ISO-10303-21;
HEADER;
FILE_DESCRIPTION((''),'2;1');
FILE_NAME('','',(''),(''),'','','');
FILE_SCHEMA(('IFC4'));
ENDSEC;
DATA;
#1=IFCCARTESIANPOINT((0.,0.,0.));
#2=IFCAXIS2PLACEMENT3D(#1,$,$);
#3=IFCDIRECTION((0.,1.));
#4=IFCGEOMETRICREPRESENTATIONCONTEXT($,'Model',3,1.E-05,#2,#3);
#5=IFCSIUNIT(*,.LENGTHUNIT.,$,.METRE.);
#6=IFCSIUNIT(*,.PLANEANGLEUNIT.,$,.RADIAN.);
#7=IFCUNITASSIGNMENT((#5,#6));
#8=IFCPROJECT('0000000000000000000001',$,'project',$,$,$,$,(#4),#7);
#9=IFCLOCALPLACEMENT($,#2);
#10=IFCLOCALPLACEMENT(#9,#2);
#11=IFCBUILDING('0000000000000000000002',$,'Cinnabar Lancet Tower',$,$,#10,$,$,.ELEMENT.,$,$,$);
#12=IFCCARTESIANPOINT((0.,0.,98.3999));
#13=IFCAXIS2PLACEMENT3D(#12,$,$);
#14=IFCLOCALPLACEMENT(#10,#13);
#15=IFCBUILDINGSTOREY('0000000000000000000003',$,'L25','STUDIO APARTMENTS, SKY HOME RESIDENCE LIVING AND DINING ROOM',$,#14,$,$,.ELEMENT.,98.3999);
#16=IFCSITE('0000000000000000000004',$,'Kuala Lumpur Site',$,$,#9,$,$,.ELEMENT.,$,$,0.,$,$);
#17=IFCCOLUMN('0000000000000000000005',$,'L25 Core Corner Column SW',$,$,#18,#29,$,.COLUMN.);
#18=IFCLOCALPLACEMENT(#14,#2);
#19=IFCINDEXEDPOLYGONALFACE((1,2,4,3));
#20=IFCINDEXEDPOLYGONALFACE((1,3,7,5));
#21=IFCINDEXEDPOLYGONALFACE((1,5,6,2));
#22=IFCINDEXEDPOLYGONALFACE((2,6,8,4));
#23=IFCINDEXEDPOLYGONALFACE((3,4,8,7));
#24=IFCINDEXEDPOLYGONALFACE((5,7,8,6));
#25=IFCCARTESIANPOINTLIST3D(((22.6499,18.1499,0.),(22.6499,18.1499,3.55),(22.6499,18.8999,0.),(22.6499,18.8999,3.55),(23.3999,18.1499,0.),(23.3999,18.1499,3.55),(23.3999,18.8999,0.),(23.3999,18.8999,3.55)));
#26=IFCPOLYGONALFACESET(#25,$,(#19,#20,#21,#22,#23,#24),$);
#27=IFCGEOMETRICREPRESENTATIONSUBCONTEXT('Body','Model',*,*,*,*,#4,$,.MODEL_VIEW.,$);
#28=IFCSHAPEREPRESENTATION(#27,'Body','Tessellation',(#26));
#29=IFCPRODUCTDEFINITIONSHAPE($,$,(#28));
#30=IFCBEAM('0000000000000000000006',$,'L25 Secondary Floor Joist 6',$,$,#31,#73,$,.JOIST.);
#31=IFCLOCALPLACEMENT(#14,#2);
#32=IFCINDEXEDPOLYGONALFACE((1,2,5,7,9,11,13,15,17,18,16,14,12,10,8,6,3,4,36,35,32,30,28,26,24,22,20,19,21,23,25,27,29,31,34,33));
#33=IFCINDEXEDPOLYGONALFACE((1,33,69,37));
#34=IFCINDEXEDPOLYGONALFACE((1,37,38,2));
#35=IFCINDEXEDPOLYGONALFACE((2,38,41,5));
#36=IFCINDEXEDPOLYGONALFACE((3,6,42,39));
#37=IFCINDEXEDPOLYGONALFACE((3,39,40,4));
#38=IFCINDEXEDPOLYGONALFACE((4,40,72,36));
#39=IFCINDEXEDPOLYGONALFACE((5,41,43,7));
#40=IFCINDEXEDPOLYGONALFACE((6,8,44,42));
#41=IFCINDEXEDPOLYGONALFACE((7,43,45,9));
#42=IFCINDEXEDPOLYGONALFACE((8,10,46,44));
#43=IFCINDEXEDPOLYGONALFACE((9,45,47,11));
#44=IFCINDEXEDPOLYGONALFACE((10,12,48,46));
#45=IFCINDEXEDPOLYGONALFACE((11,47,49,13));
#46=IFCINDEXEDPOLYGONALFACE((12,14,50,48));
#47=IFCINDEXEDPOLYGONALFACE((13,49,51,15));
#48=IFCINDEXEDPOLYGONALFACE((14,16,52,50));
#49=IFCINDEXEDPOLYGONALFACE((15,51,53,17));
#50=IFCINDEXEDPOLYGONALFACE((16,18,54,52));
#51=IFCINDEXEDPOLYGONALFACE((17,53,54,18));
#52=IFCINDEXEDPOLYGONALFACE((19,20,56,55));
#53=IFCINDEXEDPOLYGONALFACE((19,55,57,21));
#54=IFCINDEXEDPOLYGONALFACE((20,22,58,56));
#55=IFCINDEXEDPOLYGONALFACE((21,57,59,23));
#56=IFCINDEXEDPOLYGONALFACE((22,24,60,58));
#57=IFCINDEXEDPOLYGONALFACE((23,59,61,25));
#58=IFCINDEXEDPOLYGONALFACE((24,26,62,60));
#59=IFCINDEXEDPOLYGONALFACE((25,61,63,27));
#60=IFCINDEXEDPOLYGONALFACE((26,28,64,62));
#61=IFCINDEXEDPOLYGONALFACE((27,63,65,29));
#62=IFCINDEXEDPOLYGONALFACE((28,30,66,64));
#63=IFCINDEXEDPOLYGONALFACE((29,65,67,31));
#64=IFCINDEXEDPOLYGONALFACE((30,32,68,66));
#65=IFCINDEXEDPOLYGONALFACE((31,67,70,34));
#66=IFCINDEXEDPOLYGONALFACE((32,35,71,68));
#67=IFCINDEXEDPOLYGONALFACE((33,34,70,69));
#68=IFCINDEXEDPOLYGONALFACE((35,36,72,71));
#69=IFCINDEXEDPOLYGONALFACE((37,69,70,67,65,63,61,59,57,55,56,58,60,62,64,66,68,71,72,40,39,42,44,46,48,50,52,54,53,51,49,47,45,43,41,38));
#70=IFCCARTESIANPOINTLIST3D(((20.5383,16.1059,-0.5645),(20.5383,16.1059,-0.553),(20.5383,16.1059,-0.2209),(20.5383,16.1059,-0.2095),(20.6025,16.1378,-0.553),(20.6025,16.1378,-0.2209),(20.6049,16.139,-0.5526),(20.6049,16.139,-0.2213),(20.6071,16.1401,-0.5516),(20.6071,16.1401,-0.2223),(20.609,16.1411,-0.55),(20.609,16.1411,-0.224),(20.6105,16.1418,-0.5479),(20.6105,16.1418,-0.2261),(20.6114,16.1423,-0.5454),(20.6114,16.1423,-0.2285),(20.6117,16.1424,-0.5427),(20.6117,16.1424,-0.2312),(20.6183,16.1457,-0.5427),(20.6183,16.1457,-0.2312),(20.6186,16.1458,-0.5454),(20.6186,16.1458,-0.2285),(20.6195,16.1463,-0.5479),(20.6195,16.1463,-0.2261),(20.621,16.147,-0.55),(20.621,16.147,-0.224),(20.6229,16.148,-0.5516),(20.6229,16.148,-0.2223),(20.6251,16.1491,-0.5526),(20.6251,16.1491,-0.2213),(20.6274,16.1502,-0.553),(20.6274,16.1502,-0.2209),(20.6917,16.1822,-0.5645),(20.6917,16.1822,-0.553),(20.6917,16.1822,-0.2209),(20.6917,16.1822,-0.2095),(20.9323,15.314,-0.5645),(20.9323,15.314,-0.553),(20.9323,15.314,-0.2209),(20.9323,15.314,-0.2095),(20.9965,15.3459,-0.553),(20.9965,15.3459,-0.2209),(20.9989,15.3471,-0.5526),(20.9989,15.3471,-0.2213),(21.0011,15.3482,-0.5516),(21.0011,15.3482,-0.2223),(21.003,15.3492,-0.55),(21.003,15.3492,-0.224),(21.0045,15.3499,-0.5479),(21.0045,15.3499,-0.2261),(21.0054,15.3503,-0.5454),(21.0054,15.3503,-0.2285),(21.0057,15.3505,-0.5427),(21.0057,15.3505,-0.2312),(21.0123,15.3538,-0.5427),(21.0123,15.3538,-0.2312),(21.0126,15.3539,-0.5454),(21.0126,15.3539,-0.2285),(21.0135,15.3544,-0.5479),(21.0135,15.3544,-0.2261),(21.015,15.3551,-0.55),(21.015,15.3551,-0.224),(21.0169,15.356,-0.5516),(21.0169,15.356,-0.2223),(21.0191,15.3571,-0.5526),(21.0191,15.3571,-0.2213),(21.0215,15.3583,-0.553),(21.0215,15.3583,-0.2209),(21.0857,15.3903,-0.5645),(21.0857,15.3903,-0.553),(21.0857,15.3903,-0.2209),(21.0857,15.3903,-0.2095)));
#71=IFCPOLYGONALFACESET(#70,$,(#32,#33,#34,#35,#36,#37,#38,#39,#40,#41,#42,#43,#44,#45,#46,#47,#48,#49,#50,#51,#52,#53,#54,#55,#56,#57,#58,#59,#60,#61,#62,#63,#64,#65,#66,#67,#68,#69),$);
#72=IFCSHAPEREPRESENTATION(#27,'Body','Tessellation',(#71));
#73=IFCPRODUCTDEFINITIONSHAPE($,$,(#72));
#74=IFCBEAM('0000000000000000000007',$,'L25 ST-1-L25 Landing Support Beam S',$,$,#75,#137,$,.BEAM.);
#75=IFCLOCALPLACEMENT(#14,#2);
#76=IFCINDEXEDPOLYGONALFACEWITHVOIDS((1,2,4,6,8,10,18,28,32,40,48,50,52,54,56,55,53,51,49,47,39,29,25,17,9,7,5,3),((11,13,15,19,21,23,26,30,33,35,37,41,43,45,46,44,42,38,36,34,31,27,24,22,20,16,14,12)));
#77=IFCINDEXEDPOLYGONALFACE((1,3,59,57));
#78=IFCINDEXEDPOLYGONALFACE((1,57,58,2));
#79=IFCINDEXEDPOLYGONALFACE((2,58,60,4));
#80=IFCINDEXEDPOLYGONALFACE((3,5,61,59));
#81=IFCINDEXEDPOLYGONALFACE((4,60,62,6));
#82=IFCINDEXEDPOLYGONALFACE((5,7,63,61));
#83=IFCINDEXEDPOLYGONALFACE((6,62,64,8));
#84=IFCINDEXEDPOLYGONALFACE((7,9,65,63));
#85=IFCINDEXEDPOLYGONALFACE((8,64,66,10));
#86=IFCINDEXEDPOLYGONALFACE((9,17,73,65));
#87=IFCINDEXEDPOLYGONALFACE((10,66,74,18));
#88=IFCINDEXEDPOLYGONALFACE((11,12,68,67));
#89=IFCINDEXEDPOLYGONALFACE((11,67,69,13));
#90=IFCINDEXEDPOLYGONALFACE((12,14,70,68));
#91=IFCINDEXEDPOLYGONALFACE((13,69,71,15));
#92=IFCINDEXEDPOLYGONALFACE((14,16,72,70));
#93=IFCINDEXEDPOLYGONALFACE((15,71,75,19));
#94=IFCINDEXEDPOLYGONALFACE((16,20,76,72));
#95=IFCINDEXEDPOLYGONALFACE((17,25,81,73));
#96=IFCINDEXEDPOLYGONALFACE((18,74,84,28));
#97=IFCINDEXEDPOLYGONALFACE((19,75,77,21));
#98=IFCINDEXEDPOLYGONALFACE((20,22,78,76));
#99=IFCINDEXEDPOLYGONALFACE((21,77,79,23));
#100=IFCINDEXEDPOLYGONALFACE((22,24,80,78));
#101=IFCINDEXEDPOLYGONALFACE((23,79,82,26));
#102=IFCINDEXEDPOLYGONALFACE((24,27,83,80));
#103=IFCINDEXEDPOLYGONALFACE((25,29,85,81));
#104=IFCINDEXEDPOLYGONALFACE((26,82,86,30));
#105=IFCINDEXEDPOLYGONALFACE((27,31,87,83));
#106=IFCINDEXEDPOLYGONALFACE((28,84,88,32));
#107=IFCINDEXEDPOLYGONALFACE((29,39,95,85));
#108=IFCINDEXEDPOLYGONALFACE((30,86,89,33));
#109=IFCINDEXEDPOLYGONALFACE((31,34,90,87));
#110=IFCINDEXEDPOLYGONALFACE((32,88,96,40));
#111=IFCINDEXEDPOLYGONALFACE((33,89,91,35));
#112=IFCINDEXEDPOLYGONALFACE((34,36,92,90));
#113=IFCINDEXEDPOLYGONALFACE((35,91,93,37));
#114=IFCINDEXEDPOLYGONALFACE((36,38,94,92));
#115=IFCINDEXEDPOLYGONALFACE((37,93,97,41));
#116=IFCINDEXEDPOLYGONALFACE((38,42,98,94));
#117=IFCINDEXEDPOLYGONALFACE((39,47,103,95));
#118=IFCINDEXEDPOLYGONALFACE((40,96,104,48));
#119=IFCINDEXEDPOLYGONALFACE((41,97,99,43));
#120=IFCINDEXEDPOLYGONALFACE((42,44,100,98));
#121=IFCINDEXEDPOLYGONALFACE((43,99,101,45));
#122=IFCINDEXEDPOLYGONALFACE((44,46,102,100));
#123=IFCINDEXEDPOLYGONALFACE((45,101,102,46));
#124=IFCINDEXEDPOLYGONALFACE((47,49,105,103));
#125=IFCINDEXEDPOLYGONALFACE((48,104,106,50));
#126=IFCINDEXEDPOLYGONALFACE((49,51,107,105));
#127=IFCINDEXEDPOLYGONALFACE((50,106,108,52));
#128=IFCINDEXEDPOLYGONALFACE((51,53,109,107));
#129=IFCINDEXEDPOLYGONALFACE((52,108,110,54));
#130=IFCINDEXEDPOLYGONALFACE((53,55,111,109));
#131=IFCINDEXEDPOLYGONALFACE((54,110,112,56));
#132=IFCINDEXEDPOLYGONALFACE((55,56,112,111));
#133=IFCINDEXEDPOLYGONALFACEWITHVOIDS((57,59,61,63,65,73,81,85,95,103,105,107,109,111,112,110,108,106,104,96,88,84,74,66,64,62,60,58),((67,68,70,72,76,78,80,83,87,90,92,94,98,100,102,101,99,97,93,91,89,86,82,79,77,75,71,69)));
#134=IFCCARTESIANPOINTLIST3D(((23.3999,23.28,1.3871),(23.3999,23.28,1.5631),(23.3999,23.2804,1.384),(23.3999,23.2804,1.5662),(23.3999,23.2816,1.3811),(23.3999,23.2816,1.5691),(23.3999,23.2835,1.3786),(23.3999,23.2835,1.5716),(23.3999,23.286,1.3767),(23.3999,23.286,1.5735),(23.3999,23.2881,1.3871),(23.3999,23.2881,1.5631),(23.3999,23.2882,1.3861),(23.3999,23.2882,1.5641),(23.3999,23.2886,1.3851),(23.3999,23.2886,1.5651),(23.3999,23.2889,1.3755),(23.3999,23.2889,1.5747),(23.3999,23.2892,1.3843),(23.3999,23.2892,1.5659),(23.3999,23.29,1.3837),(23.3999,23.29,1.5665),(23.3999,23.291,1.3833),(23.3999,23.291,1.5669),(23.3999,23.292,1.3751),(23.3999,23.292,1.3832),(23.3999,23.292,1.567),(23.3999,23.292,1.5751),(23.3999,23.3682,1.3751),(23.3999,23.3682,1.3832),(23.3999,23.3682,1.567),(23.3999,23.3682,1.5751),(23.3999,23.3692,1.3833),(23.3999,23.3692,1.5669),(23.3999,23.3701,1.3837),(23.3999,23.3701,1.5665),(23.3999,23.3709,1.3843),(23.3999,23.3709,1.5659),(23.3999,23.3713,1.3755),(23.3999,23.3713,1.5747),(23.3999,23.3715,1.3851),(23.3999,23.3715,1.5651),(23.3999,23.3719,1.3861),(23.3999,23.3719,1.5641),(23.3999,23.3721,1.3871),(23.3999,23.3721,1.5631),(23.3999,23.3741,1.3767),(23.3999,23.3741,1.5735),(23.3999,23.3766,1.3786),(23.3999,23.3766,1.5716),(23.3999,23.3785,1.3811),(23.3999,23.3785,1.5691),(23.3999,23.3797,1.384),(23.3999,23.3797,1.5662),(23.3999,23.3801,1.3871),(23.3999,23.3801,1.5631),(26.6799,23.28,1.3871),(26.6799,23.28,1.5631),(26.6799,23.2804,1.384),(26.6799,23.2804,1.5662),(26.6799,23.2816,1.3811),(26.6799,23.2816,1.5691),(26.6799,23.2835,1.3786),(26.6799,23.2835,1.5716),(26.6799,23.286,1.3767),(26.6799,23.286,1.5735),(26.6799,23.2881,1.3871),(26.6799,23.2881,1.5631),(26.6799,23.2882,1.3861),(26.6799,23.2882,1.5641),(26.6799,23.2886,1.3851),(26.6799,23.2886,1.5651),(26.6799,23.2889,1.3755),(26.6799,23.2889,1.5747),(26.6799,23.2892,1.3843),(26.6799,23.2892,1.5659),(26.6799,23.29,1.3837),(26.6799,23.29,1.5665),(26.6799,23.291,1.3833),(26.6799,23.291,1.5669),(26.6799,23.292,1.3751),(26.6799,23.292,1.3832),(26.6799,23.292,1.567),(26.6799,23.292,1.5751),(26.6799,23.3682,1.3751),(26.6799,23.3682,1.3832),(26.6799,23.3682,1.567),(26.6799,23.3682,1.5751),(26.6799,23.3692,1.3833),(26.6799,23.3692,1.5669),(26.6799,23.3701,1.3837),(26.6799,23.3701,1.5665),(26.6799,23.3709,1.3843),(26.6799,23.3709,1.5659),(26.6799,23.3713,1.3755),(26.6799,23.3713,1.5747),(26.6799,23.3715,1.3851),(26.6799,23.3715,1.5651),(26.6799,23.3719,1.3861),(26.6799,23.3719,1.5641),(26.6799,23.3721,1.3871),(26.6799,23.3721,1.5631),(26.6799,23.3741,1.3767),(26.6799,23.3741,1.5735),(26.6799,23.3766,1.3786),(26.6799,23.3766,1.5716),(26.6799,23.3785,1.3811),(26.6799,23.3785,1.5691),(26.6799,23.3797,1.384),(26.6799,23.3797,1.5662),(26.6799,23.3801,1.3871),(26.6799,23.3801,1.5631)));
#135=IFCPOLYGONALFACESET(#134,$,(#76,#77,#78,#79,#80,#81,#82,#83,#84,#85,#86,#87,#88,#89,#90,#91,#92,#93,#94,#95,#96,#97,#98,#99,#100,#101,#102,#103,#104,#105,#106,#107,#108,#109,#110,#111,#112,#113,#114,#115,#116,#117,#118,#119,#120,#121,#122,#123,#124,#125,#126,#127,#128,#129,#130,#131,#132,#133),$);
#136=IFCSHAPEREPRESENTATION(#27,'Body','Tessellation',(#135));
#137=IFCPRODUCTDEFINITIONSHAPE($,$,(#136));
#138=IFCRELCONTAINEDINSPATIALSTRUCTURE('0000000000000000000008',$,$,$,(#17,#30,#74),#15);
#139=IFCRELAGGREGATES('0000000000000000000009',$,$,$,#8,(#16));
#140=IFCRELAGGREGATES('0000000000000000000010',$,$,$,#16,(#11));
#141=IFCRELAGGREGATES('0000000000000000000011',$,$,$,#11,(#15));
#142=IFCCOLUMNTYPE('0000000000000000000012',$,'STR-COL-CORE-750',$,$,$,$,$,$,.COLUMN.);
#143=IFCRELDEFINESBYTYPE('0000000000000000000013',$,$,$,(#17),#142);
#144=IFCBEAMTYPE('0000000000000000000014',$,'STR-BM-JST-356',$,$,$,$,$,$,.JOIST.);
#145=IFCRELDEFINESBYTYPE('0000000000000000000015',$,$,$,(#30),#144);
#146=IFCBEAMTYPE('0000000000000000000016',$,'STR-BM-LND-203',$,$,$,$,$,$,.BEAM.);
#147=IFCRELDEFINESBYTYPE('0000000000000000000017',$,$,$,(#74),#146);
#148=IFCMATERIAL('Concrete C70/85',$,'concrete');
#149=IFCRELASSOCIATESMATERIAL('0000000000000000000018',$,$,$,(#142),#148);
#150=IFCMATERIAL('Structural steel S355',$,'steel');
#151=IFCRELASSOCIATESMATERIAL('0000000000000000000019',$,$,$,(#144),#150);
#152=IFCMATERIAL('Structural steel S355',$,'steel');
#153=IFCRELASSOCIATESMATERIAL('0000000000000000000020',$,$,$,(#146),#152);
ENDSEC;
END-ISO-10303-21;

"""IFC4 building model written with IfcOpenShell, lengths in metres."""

from ifc_helpers import new_model, si_unit, direction, frame, origin, origin_2d, place, context, subcontext, project, spatial, rectangle, hollow_rectangle, i_section, extrude, material, material_profile, profile_set, type_object, element, save


model = new_model("IFC4")

# Units and contexts
model_context = context("Model", 3, precision=1e-05, world=origin(), true_north=direction((0.0, 1.0)))
body_context = subcontext(model_context, "Body", "Model", "MODEL_VIEW")
ifc_project = project(units=[si_unit("LENGTHUNIT", "METRE"), si_unit("PLANEANGLEUNIT", "RADIAN")], contexts=[model_context])

# Site, building, storey
site_placement = place(None, origin())
site = spatial("IfcSite", under=ifc_project, at=site_placement, Name="Kuala Lumpur Site", CompositionType="ELEMENT", RefElevation=0.0)
building_placement = place(site_placement, origin())
building = spatial("IfcBuilding", under=site, at=building_placement, Name="Cinnabar Lancet Tower", CompositionType="ELEMENT")
storey_placement = place(building_placement, frame((0.0, 0.0, 98.3999)))
storey = spatial("IfcBuildingStorey", under=building, at=storey_placement, Name="L25", Description="STUDIO APARTMENTS, SKY HOME RESIDENCE LIVING AND DINING ROOM", CompositionType="ELEMENT", Elevation=98.3999)

# Column
ifc_material_1 = material(Name="Concrete C70/85", Category="concrete")
ifc_material_profile_1 = material_profile(ifc_material_1, rectangle(XDim=0.75, YDim=0.75, at=origin_2d()), Name="RC-COL 750x750")
ifc_profile_set_1 = profile_set([ifc_material_profile_1], Name="Concrete C70/85")
column_type = type_object("IfcColumnType", Name="STR-COL-CORE-750", PredefinedType="COLUMN", material=ifc_profile_set_1)
column_placement = place(storey_placement, frame((23.0249, 18.5249, 0.0), z_axis=(0.0, 0.0, 1.0), x_axis=(1.0, 0.0, 0.0)))
element("IfcColumn", 1, at=column_placement, inside=storey, type_object=column_type, Name="L25 Core Corner Column SW", PredefinedType="COLUMN", context=body_context, shape_type="SweptSolid", body=[
    extrude(rectangle(XDim=0.75, YDim=0.75, at=origin_2d()), origin(), (0.0, 0.0, 1.0), 3.55),
])

# Beams
ifc_material_2 = material(Name="Structural steel S355", Category="steel")
ifc_material_profile_2 = material_profile(ifc_material_2, i_section(OverallWidth=0.1714, OverallDepth=0.355, WebThickness=0.0073, FlangeThickness=0.0115, FilletRadius=0.0103, at=origin_2d()), Name="UKB 356x171x51")
ifc_profile_set_2 = profile_set([ifc_material_profile_2], Name="Structural steel S355")
beam_type_1 = type_object("IfcBeamType", Name="STR-BM-JST-356", PredefinedType="JOIST", material=ifc_profile_set_2)
beam_1_placement = place(storey_placement, frame((20.615, 16.144, -0.387), z_axis=(0.445446, -0.895309, 0.0), x_axis=(0.895309, 0.445446, 0.0)))
element("IfcBeam", 2, at=beam_1_placement, inside=storey, type_object=beam_type_1, Name="L25 Secondary Floor Joist 6", PredefinedType="JOIST", context=body_context, shape_type="SweptSolid", body=[
    extrude(i_section(OverallWidth=0.1714, OverallDepth=0.355, WebThickness=0.0073, FlangeThickness=0.0115, FilletRadius=0.0103, at=origin_2d()), origin(), (0.0, 0.0, 1.0), 0.8845),
])
ifc_material_3 = material(Name="Structural steel S355", Category="steel")
ifc_material_profile_3 = material_profile(ifc_material_3, hollow_rectangle(XDim=0.1001, YDim=0.2, WallThickness=0.0081, InnerFilletRadius=0.0039, OuterFilletRadius=0.012, at=origin_2d()), Name="RHS 200x100x8")
ifc_profile_set_3 = profile_set([ifc_material_profile_3], Name="Structural steel S355")
beam_type_2 = type_object("IfcBeamType", Name="STR-BM-LND-203", PredefinedType="BEAM", material=ifc_profile_set_3)
beam_2_placement = place(storey_placement, frame((23.3999, 23.3301, 1.4751), z_axis=(1.0, 0.0, 0.0), x_axis=(0.0, 1.0, 0.0)))
element("IfcBeam", 3, at=beam_2_placement, inside=storey, type_object=beam_type_2, Name="L25 ST-1-L25 Landing Support Beam S", PredefinedType="BEAM", context=body_context, shape_type="SweptSolid", body=[
    extrude(hollow_rectangle(XDim=0.1001, YDim=0.2, WallThickness=0.0081, InnerFilletRadius=0.0039, OuterFilletRadius=0.012, at=origin_2d()), origin(), (0.0, 0.0, 1.0), 3.28),
])

save(model, "model.ifc")
